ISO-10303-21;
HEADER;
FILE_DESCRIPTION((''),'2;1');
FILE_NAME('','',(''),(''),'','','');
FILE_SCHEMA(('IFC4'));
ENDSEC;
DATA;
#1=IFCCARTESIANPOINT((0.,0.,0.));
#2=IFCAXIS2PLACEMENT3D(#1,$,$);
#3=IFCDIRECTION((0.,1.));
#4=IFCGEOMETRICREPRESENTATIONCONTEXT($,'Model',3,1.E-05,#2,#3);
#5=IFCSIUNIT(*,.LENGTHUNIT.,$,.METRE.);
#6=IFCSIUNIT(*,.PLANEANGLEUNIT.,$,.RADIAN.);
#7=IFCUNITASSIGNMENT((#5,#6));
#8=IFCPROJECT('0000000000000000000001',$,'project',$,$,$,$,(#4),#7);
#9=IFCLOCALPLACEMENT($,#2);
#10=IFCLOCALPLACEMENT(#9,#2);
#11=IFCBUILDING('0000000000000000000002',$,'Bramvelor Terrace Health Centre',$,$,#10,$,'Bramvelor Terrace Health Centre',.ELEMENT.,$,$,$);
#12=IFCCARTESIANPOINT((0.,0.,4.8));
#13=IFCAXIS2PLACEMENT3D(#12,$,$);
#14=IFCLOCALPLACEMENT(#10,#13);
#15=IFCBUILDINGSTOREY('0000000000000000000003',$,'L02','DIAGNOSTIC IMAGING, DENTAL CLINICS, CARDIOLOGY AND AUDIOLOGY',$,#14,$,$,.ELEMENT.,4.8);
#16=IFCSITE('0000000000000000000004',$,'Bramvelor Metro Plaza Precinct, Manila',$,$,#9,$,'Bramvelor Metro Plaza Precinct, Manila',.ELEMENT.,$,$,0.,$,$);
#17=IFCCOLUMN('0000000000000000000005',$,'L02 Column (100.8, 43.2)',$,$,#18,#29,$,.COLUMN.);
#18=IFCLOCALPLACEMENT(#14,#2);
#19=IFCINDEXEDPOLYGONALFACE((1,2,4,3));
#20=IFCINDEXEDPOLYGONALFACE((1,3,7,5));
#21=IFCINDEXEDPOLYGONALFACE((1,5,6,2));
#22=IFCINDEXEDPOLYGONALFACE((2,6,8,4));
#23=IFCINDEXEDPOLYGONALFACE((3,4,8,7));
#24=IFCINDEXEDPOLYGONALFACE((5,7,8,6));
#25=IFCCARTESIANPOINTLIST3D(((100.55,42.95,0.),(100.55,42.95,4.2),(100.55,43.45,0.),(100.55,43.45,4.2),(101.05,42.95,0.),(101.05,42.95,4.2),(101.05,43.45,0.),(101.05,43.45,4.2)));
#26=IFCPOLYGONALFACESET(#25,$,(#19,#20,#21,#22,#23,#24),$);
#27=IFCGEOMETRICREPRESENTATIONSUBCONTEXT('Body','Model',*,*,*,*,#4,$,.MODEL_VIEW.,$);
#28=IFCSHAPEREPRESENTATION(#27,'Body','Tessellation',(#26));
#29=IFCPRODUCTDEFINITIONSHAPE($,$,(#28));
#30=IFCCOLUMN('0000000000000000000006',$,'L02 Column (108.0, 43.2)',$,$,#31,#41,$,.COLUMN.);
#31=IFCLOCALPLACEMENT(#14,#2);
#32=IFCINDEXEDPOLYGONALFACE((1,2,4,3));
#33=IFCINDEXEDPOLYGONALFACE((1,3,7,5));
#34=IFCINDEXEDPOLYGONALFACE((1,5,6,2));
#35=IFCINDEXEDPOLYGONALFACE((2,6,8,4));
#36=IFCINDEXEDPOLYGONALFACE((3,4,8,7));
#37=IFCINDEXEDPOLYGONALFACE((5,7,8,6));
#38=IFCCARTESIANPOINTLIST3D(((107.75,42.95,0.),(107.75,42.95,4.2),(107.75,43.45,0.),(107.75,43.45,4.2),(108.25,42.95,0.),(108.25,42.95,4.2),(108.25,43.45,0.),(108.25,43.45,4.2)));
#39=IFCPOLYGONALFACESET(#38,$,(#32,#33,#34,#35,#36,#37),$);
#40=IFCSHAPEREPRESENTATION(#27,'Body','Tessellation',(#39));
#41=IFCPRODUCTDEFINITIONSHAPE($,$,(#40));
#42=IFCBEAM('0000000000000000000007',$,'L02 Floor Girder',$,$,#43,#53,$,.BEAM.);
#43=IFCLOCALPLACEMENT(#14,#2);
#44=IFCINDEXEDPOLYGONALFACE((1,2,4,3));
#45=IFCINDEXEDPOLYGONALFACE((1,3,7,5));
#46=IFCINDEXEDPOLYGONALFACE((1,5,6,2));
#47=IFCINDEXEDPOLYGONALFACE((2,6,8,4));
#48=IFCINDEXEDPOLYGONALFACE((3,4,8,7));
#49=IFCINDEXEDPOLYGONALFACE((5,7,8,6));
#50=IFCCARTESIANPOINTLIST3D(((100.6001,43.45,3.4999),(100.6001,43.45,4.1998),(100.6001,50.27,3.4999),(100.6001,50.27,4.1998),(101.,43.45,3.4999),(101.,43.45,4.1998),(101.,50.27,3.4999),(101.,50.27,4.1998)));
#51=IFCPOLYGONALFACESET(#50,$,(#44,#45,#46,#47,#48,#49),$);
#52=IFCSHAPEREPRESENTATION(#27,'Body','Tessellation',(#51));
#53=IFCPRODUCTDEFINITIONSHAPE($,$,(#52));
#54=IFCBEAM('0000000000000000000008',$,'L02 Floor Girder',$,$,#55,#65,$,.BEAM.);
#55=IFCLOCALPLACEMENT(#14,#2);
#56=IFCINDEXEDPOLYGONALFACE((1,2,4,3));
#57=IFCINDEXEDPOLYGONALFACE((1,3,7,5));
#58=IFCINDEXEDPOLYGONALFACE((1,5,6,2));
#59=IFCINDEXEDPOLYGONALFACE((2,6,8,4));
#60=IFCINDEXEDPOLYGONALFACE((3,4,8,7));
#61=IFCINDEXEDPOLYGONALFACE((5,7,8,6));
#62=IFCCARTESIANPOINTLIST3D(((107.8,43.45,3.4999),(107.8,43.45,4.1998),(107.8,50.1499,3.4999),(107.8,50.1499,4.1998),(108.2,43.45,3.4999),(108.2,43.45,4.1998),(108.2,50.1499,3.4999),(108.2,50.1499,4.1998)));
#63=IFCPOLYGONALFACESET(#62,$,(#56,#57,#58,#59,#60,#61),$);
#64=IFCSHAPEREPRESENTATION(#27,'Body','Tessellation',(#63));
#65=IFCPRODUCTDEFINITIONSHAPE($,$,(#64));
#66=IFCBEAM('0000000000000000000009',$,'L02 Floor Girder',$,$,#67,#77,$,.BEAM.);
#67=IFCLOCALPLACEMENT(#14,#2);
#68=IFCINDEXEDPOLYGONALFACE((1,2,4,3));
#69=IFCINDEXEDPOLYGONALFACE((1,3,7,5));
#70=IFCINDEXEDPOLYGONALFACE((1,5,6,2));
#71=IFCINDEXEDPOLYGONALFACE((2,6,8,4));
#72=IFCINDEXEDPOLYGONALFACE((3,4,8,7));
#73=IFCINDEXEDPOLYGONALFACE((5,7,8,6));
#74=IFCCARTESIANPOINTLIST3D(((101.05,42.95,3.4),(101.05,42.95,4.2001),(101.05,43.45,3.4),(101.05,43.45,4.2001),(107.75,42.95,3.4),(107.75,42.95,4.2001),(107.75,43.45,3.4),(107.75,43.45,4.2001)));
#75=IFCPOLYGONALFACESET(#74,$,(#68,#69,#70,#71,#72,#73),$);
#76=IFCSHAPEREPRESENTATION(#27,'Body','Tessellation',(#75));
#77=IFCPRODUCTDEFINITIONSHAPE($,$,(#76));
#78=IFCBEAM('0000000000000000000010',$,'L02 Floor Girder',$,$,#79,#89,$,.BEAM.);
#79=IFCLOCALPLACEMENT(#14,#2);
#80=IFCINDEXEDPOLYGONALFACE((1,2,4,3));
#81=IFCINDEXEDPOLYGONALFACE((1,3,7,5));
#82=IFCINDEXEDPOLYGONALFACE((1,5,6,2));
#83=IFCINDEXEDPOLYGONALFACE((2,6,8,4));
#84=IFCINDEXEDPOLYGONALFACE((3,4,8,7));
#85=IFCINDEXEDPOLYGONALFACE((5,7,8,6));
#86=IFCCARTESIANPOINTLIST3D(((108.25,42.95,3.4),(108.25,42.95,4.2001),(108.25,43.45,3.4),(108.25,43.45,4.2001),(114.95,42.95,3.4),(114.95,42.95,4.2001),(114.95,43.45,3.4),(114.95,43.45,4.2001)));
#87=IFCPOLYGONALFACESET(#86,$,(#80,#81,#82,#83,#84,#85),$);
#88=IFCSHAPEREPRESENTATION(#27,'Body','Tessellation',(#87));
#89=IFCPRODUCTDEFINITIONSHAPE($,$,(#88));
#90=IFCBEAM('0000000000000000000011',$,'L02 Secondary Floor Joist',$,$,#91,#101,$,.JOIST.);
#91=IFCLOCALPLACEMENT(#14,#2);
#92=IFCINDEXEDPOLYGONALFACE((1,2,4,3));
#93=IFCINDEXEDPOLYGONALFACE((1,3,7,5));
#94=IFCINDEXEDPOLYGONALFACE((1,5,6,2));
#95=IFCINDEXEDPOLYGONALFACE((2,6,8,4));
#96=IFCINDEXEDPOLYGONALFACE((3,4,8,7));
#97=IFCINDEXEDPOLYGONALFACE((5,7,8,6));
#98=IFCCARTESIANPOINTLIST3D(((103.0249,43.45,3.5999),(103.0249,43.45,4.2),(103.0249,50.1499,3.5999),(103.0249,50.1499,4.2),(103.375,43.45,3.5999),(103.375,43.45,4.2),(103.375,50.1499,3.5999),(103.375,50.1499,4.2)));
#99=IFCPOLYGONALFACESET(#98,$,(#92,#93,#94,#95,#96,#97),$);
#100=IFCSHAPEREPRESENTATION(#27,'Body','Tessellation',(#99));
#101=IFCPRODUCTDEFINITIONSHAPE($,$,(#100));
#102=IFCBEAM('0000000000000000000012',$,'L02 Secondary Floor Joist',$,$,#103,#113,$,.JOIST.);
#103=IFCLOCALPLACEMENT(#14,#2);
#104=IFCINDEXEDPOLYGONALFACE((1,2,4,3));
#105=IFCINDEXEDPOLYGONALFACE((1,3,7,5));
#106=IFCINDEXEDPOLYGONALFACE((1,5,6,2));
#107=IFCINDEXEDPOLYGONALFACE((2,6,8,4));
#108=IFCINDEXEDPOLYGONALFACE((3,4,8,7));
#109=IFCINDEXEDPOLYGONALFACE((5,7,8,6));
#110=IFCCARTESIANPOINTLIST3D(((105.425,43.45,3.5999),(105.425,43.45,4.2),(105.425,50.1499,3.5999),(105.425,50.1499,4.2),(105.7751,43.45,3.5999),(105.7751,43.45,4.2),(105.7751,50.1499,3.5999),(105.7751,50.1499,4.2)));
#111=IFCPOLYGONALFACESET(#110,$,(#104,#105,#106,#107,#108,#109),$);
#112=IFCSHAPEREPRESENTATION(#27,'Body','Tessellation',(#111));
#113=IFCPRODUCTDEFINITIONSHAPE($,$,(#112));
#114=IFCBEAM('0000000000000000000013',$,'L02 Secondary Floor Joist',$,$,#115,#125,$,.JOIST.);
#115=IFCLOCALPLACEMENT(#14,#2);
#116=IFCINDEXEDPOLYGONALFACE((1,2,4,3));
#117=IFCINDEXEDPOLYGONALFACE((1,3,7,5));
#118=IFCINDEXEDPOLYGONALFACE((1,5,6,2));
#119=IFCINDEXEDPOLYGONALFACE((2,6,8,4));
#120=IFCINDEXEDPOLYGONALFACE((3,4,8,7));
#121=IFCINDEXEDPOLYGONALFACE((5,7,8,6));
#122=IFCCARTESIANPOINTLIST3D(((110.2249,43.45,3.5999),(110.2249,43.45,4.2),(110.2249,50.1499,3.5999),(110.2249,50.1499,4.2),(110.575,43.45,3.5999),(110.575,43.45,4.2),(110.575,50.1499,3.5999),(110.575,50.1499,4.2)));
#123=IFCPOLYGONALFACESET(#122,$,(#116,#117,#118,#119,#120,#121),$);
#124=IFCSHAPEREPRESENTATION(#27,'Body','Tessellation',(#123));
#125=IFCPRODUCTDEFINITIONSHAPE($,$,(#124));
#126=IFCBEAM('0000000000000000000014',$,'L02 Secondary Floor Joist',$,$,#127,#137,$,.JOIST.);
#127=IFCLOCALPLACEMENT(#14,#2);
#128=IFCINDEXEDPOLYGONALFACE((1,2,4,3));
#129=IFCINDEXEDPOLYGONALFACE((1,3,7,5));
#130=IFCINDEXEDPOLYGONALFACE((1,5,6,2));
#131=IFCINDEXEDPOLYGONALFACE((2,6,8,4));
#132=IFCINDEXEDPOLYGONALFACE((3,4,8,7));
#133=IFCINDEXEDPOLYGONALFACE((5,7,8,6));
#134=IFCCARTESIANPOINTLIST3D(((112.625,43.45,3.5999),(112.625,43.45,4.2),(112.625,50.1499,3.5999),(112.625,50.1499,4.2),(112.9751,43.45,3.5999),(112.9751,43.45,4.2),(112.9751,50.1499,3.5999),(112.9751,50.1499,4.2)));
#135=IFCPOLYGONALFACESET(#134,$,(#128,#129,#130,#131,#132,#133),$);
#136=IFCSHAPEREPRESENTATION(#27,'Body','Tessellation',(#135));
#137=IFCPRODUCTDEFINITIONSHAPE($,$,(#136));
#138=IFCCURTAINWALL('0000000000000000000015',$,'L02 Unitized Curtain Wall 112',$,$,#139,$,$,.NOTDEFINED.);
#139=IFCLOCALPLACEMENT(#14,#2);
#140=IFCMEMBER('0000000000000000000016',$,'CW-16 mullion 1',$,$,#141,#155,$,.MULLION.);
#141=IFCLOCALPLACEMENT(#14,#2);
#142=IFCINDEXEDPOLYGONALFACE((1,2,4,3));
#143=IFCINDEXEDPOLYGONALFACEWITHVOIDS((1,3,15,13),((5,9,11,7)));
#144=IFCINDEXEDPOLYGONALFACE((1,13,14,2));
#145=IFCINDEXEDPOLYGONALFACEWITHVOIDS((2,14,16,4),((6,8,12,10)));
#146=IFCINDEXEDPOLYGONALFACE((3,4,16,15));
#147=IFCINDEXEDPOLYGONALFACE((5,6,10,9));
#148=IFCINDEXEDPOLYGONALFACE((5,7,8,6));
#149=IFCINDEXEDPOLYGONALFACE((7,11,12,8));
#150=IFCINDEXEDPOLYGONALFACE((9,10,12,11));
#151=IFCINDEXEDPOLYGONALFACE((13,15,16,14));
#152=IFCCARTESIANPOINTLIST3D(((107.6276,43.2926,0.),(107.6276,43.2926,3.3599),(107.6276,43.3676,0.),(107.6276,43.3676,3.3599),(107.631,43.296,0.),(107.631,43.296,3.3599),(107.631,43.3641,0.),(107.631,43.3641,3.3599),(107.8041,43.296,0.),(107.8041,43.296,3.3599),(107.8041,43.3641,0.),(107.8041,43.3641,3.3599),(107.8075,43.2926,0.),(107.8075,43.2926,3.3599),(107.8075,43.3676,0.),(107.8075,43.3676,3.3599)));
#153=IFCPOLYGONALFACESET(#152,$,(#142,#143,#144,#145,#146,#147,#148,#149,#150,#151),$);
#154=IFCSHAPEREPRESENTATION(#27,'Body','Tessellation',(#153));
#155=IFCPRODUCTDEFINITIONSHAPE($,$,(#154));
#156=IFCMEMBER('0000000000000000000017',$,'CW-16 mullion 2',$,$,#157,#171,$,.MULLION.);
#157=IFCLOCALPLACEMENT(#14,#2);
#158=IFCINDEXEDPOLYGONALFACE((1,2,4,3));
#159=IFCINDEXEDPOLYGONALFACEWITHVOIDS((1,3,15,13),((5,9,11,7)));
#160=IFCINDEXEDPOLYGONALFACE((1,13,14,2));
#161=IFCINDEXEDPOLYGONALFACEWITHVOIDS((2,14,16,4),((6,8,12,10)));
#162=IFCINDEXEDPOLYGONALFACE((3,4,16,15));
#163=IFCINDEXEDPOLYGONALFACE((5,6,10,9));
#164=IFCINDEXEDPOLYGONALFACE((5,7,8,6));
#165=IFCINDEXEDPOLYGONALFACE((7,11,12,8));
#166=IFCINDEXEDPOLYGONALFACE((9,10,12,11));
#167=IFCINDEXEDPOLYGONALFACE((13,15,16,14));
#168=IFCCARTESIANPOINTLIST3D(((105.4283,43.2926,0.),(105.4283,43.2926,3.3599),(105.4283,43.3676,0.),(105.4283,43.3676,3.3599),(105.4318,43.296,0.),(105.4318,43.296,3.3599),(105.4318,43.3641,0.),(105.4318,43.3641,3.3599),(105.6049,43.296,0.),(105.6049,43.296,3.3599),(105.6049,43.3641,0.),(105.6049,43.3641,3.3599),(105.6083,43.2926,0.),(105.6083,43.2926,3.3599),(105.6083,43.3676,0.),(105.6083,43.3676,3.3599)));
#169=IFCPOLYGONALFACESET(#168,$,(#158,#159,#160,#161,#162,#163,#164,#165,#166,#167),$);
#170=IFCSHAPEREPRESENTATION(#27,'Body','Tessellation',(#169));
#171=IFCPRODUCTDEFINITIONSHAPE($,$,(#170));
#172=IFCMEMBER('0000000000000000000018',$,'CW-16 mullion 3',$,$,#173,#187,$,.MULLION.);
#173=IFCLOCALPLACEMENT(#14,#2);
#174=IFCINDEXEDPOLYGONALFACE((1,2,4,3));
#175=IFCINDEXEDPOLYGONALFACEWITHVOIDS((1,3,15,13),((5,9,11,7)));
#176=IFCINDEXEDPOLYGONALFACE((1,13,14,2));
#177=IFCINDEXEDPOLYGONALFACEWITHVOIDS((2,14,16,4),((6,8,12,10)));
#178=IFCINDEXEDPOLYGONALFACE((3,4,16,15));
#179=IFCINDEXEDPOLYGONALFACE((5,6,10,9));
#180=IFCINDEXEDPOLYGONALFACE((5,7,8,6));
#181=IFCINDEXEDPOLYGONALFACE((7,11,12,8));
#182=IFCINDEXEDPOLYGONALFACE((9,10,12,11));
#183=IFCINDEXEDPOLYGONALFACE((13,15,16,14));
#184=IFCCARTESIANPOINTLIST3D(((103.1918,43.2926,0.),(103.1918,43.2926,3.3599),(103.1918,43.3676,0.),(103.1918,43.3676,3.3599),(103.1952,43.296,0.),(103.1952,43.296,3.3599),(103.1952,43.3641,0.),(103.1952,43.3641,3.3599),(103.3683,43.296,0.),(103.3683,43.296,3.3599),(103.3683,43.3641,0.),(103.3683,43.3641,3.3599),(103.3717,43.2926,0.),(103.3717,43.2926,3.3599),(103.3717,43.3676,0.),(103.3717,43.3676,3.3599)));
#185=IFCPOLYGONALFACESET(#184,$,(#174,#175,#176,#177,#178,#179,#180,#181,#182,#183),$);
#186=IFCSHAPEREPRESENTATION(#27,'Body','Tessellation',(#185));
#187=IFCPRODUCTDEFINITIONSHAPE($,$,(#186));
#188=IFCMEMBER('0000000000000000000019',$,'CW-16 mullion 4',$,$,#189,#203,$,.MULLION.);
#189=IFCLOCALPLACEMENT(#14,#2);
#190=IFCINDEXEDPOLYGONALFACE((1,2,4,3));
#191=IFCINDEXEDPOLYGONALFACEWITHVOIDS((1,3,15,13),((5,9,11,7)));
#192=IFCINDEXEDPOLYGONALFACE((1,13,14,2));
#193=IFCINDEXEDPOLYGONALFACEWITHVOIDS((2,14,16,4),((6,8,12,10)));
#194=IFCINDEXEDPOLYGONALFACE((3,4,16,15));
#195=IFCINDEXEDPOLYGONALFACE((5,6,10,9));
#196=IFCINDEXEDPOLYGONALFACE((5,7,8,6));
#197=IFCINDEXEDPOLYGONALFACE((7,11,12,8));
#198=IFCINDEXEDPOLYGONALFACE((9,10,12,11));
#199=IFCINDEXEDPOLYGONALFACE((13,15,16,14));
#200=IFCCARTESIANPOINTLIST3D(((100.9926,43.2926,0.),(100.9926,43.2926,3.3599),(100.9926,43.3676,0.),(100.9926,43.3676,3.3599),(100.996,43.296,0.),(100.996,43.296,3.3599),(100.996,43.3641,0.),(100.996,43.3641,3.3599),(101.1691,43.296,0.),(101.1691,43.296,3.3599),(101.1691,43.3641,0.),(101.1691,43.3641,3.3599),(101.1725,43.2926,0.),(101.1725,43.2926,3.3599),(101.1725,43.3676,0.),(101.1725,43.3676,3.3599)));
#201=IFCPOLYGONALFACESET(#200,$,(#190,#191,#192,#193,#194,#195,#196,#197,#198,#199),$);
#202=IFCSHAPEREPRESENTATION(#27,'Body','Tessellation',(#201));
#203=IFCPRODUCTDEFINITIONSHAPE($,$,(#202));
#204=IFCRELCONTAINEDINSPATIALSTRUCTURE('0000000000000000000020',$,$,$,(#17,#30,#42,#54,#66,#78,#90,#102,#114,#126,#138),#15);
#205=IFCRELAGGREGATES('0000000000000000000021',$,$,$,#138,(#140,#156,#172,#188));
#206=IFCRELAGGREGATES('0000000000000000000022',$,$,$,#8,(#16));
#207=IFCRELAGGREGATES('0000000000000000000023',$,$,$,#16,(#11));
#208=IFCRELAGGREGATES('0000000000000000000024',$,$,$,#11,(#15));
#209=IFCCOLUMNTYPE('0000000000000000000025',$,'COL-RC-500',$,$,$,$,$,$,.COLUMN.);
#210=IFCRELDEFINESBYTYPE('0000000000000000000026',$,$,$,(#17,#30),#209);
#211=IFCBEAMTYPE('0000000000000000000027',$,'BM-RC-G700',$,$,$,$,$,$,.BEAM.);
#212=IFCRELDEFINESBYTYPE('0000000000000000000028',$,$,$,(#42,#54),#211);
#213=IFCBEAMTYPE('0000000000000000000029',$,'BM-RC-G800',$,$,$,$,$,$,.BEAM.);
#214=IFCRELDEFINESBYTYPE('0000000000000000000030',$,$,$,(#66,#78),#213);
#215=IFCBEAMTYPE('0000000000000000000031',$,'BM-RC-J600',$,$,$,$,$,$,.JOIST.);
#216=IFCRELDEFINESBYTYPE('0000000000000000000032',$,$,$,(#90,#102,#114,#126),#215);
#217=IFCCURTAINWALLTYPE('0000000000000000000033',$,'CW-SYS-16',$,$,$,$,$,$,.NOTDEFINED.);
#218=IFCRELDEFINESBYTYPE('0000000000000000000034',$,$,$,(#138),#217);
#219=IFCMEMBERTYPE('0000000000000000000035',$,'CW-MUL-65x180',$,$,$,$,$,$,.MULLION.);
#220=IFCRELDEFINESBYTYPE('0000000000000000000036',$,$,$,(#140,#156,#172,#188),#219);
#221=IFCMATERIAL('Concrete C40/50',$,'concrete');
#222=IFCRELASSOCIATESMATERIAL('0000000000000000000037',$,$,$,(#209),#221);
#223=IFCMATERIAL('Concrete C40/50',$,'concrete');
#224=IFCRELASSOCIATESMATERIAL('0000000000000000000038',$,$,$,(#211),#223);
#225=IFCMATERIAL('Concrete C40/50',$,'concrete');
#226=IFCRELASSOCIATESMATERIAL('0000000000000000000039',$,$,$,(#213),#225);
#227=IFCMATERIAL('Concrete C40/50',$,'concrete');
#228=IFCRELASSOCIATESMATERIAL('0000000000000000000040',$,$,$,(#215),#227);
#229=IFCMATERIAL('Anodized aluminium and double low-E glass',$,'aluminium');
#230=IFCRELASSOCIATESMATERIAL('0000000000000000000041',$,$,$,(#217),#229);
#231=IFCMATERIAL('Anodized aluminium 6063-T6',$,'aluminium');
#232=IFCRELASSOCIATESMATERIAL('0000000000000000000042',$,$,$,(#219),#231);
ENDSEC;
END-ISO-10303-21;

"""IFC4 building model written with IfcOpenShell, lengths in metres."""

from ifc_helpers import new_model, si_unit, direction, frame, origin, origin_2d, place, context, subcontext, project, spatial, rectangle, hollow_rectangle, extrude, material, material_profile, profile_set, type_object, element, aggregate, save


model = new_model("IFC4")

# Units and contexts
model_context = context("Model", 3, precision=1e-05, world=origin(), true_north=direction((0.0, 1.0)))
body_context = subcontext(model_context, "Body", "Model", "MODEL_VIEW")
ifc_project = project(units=[si_unit("LENGTHUNIT", "METRE"), si_unit("PLANEANGLEUNIT", "RADIAN")], contexts=[model_context])

# Site, building, storey
site_placement = place(None, origin())
site = spatial("IfcSite", under=ifc_project, at=site_placement, Name="Bramvelor Metro Plaza Precinct, Manila", LongName="Bramvelor Metro Plaza Precinct, Manila", CompositionType="ELEMENT", RefElevation=0.0)
building_placement = place(site_placement, origin())
building = spatial("IfcBuilding", under=site, at=building_placement, Name="Bramvelor Terrace Health Centre", LongName="Bramvelor Terrace Health Centre", CompositionType="ELEMENT")
storey_placement = place(building_placement, frame((0.0, 0.0, 4.8)))
storey = spatial("IfcBuildingStorey", under=building, at=storey_placement, Name="L02", Description="DIAGNOSTIC IMAGING, DENTAL CLINICS, CARDIOLOGY AND AUDIOLOGY", CompositionType="ELEMENT", Elevation=4.8)

# Columns
ifc_material_1 = material(Name="Concrete C40/50", Category="concrete")
ifc_material_profile_1 = material_profile(ifc_material_1, rectangle(XDim=0.5, YDim=0.5, at=origin_2d()), Name="RC 500x500")
ifc_profile_set_1 = profile_set([ifc_material_profile_1], Name="Concrete C40/50")
column_type = type_object("IfcColumnType", Name="COL-RC-500", PredefinedType="COLUMN", material=ifc_profile_set_1)
for number, where, z_axis, x_axis, name in (
    (1, (100.8, 43.2, 0.0), (0.0, 0.0, 1.0), (1.0, 0.0, 0.0), "L02 Column (100.8, 43.2)"),
    (2, (108.0, 43.2, 0.0), (0.0, 0.0, 1.0), (1.0, 0.0, 0.0), "L02 Column (108.0, 43.2)"),
):
    element("IfcColumn", number, at=place(storey_placement, frame(where, z_axis=z_axis, x_axis=x_axis)), inside=storey, type_object=column_type, Name=name, PredefinedType="COLUMN", context=body_context, shape_type="SweptSolid", body=[
        extrude(rectangle(XDim=0.5, YDim=0.5, at=origin_2d()), origin(), (0.0, 0.0, 1.0), 4.2),
    ])

# Beams
ifc_material_2 = material(Name="Concrete C40/50", Category="concrete")
ifc_material_profile_2 = material_profile(ifc_material_2, rectangle(XDim=0.3999, YDim=0.7, at=origin_2d()), Name="RC 400x700")
ifc_profile_set_2 = profile_set([ifc_material_profile_2], Name="Concrete C40/50")
beam_type_1 = type_object("IfcBeamType", Name="BM-RC-G700", PredefinedType="BEAM", material=ifc_profile_set_2)
beam_1_placement = place(storey_placement, frame((100.8, 43.45, 3.8499), z_axis=(0.0, 1.0, 0.0), x_axis=(-1.0, 0.0, 0.0)))
element("IfcBeam", 3, at=beam_1_placement, inside=storey, type_object=beam_type_1, Name="L02 Floor Girder", PredefinedType="BEAM", context=body_context, shape_type="SweptSolid", body=[
    extrude(rectangle(XDim=0.3999, YDim=0.7, at=origin_2d()), origin(), (0.0, 0.0, 1.0), 6.8201),
])
beam_2_placement = place(storey_placement, frame((108.0, 43.45, 3.8499), z_axis=(0.0, 1.0, 0.0), x_axis=(-1.0, 0.0, 0.0)))
element("IfcBeam", 4, at=beam_2_placement, inside=storey, type_object=beam_type_1, Name="L02 Floor Girder", PredefinedType="BEAM", context=body_context, shape_type="SweptSolid", body=[
    extrude(rectangle(XDim=0.3999, YDim=0.7, at=origin_2d()), origin(), (0.0, 0.0, 1.0), 6.7),
])
ifc_material_3 = material(Name="Concrete C40/50", Category="concrete")
ifc_material_profile_3 = material_profile(ifc_material_3, rectangle(XDim=0.5, YDim=0.8, at=origin_2d()), Name="RC 500x800")
ifc_profile_set_3 = profile_set([ifc_material_profile_3], Name="Concrete C40/50")
beam_type_2 = type_object("IfcBeamType", Name="BM-RC-G800", PredefinedType="BEAM", material=ifc_profile_set_3)
for number, where, z_axis, x_axis, name in (
    (5, (101.05, 43.2, 3.8), (1.0, 0.0, 0.0), (0.0, 1.0, 0.0), "L02 Floor Girder"),
    (6, (108.25, 43.2, 3.8), (1.0, 0.0, 0.0), (0.0, 1.0, 0.0), "L02 Floor Girder"),
):
    element("IfcBeam", number, at=place(storey_placement, frame(where, z_axis=z_axis, x_axis=x_axis)), inside=storey, type_object=beam_type_2, Name=name, PredefinedType="BEAM", context=body_context, shape_type="SweptSolid", body=[
        extrude(rectangle(XDim=0.5, YDim=0.8, at=origin_2d()), origin(), (0.0, 0.0, 1.0), 6.7),
    ])
ifc_material_4 = material(Name="Concrete C40/50", Category="concrete")
ifc_material_profile_4 = material_profile(ifc_material_4, rectangle(XDim=0.3501, YDim=0.6001, at=origin_2d()), Name="RC 350x600")
ifc_profile_set_4 = profile_set([ifc_material_profile_4], Name="Concrete C40/50")
beam_type_3 = type_object("IfcBeamType", Name="BM-RC-J600", PredefinedType="JOIST", material=ifc_profile_set_4)
for number, where, z_axis, x_axis, name in (
    (7, (103.2, 43.45, 3.8999), (0.0, 1.0, 0.0), (-1.0, 0.0, 0.0), "L02 Secondary Floor Joist"),
    (8, (105.6001, 43.45, 3.8999), (0.0, 1.0, 0.0), (-1.0, 0.0, 0.0), "L02 Secondary Floor Joist"),
    (9, (110.3999, 43.45, 3.8999), (0.0, 1.0, 0.0), (-1.0, 0.0, 0.0), "L02 Secondary Floor Joist"),
    (10, (112.8, 43.45, 3.8999), (0.0, 1.0, 0.0), (-1.0, 0.0, 0.0), "L02 Secondary Floor Joist"),
):
    element("IfcBeam", number, at=place(storey_placement, frame(where, z_axis=z_axis, x_axis=x_axis)), inside=storey, type_object=beam_type_3, Name=name, PredefinedType="JOIST", context=body_context, shape_type="SweptSolid", body=[
        extrude(rectangle(XDim=0.3501, YDim=0.6001, at=origin_2d()), origin(), (0.0, 0.0, 1.0), 6.7),
    ])

# Curtain wall, members
ifc_material_5 = material(Name="Anodized aluminium and double low-E glass", Category="aluminium")
curtain_wall_type = type_object("IfcCurtainWallType", Name="CW-SYS-16", PredefinedType="NOTDEFINED", material=ifc_material_5)
curtain_wall_1_placement = place(storey_placement, origin())
curtain_wall_1 = element("IfcCurtainWall", 11, at=curtain_wall_1_placement, inside=storey, type_object=curtain_wall_type, Name="L02 Unitized Curtain Wall 112", PredefinedType="NOTDEFINED")
ifc_material_6 = material(Name="Anodized aluminium 6063-T6", Category="aluminium")
ifc_material_profile_5 = material_profile(ifc_material_6, hollow_rectangle(XDim=0.075, YDim=0.1799, WallThickness=0.0034, at=origin_2d()), Name="ALU-MUL 75x180x3.5")
ifc_profile_set_5 = profile_set([ifc_material_profile_5], Name="Anodized aluminium 6063-T6")
member_type_1 = type_object("IfcMemberType", Name="CW-MUL-65x180", PredefinedType="MULLION", material=ifc_profile_set_5)
member_1_placement = place(storey_placement, frame((107.7175, 43.3301, 0.0), z_axis=(0.0, 0.0, 1.0), x_axis=(0.0, -1.0, 0.0)))
member_1 = element("IfcMember", 12, at=member_1_placement, type_object=member_type_1, Name="CW-16 mullion 1", PredefinedType="MULLION", context=body_context, shape_type="SweptSolid", body=[
    extrude(hollow_rectangle(XDim=0.075, YDim=0.1799, WallThickness=0.0034, at=origin_2d()), origin(), (0.0, 0.0, 1.0), 3.3599),
])
member_2_placement = place(storey_placement, frame((105.5183, 43.3301, 0.0), z_axis=(0.0, 0.0, 1.0), x_axis=(0.0, -1.0, 0.0)))
member_2 = element("IfcMember", 13, at=member_2_placement, type_object=member_type_1, Name="CW-16 mullion 2", PredefinedType="MULLION", context=body_context, shape_type="SweptSolid", body=[
    extrude(hollow_rectangle(XDim=0.075, YDim=0.1799, WallThickness=0.0034, at=origin_2d()), origin(), (0.0, 0.0, 1.0), 3.3599),
])
member_3_placement = place(storey_placement, frame((103.2817, 43.3301, 0.0), z_axis=(0.0, 0.0, 1.0), x_axis=(0.0, -1.0, 0.0)))
member_3 = element("IfcMember", 14, at=member_3_placement, type_object=member_type_1, Name="CW-16 mullion 3", PredefinedType="MULLION", context=body_context, shape_type="SweptSolid", body=[
    extrude(hollow_rectangle(XDim=0.075, YDim=0.1799, WallThickness=0.0034, at=origin_2d()), origin(), (0.0, 0.0, 1.0), 3.3599),
])
member_4_placement = place(storey_placement, frame((101.0825, 43.3301, 0.0), z_axis=(0.0, 0.0, 1.0), x_axis=(0.0, -1.0, 0.0)))
member_4 = element("IfcMember", 15, at=member_4_placement, type_object=member_type_1, Name="CW-16 mullion 4", PredefinedType="MULLION", context=body_context, shape_type="SweptSolid", body=[
    extrude(hollow_rectangle(XDim=0.075, YDim=0.1799, WallThickness=0.0034, at=origin_2d()), origin(), (0.0, 0.0, 1.0), 3.3599),
])

aggregate(curtain_wall_1, [member_1, member_2, member_3, member_4])

save(model, "model.ifc")
